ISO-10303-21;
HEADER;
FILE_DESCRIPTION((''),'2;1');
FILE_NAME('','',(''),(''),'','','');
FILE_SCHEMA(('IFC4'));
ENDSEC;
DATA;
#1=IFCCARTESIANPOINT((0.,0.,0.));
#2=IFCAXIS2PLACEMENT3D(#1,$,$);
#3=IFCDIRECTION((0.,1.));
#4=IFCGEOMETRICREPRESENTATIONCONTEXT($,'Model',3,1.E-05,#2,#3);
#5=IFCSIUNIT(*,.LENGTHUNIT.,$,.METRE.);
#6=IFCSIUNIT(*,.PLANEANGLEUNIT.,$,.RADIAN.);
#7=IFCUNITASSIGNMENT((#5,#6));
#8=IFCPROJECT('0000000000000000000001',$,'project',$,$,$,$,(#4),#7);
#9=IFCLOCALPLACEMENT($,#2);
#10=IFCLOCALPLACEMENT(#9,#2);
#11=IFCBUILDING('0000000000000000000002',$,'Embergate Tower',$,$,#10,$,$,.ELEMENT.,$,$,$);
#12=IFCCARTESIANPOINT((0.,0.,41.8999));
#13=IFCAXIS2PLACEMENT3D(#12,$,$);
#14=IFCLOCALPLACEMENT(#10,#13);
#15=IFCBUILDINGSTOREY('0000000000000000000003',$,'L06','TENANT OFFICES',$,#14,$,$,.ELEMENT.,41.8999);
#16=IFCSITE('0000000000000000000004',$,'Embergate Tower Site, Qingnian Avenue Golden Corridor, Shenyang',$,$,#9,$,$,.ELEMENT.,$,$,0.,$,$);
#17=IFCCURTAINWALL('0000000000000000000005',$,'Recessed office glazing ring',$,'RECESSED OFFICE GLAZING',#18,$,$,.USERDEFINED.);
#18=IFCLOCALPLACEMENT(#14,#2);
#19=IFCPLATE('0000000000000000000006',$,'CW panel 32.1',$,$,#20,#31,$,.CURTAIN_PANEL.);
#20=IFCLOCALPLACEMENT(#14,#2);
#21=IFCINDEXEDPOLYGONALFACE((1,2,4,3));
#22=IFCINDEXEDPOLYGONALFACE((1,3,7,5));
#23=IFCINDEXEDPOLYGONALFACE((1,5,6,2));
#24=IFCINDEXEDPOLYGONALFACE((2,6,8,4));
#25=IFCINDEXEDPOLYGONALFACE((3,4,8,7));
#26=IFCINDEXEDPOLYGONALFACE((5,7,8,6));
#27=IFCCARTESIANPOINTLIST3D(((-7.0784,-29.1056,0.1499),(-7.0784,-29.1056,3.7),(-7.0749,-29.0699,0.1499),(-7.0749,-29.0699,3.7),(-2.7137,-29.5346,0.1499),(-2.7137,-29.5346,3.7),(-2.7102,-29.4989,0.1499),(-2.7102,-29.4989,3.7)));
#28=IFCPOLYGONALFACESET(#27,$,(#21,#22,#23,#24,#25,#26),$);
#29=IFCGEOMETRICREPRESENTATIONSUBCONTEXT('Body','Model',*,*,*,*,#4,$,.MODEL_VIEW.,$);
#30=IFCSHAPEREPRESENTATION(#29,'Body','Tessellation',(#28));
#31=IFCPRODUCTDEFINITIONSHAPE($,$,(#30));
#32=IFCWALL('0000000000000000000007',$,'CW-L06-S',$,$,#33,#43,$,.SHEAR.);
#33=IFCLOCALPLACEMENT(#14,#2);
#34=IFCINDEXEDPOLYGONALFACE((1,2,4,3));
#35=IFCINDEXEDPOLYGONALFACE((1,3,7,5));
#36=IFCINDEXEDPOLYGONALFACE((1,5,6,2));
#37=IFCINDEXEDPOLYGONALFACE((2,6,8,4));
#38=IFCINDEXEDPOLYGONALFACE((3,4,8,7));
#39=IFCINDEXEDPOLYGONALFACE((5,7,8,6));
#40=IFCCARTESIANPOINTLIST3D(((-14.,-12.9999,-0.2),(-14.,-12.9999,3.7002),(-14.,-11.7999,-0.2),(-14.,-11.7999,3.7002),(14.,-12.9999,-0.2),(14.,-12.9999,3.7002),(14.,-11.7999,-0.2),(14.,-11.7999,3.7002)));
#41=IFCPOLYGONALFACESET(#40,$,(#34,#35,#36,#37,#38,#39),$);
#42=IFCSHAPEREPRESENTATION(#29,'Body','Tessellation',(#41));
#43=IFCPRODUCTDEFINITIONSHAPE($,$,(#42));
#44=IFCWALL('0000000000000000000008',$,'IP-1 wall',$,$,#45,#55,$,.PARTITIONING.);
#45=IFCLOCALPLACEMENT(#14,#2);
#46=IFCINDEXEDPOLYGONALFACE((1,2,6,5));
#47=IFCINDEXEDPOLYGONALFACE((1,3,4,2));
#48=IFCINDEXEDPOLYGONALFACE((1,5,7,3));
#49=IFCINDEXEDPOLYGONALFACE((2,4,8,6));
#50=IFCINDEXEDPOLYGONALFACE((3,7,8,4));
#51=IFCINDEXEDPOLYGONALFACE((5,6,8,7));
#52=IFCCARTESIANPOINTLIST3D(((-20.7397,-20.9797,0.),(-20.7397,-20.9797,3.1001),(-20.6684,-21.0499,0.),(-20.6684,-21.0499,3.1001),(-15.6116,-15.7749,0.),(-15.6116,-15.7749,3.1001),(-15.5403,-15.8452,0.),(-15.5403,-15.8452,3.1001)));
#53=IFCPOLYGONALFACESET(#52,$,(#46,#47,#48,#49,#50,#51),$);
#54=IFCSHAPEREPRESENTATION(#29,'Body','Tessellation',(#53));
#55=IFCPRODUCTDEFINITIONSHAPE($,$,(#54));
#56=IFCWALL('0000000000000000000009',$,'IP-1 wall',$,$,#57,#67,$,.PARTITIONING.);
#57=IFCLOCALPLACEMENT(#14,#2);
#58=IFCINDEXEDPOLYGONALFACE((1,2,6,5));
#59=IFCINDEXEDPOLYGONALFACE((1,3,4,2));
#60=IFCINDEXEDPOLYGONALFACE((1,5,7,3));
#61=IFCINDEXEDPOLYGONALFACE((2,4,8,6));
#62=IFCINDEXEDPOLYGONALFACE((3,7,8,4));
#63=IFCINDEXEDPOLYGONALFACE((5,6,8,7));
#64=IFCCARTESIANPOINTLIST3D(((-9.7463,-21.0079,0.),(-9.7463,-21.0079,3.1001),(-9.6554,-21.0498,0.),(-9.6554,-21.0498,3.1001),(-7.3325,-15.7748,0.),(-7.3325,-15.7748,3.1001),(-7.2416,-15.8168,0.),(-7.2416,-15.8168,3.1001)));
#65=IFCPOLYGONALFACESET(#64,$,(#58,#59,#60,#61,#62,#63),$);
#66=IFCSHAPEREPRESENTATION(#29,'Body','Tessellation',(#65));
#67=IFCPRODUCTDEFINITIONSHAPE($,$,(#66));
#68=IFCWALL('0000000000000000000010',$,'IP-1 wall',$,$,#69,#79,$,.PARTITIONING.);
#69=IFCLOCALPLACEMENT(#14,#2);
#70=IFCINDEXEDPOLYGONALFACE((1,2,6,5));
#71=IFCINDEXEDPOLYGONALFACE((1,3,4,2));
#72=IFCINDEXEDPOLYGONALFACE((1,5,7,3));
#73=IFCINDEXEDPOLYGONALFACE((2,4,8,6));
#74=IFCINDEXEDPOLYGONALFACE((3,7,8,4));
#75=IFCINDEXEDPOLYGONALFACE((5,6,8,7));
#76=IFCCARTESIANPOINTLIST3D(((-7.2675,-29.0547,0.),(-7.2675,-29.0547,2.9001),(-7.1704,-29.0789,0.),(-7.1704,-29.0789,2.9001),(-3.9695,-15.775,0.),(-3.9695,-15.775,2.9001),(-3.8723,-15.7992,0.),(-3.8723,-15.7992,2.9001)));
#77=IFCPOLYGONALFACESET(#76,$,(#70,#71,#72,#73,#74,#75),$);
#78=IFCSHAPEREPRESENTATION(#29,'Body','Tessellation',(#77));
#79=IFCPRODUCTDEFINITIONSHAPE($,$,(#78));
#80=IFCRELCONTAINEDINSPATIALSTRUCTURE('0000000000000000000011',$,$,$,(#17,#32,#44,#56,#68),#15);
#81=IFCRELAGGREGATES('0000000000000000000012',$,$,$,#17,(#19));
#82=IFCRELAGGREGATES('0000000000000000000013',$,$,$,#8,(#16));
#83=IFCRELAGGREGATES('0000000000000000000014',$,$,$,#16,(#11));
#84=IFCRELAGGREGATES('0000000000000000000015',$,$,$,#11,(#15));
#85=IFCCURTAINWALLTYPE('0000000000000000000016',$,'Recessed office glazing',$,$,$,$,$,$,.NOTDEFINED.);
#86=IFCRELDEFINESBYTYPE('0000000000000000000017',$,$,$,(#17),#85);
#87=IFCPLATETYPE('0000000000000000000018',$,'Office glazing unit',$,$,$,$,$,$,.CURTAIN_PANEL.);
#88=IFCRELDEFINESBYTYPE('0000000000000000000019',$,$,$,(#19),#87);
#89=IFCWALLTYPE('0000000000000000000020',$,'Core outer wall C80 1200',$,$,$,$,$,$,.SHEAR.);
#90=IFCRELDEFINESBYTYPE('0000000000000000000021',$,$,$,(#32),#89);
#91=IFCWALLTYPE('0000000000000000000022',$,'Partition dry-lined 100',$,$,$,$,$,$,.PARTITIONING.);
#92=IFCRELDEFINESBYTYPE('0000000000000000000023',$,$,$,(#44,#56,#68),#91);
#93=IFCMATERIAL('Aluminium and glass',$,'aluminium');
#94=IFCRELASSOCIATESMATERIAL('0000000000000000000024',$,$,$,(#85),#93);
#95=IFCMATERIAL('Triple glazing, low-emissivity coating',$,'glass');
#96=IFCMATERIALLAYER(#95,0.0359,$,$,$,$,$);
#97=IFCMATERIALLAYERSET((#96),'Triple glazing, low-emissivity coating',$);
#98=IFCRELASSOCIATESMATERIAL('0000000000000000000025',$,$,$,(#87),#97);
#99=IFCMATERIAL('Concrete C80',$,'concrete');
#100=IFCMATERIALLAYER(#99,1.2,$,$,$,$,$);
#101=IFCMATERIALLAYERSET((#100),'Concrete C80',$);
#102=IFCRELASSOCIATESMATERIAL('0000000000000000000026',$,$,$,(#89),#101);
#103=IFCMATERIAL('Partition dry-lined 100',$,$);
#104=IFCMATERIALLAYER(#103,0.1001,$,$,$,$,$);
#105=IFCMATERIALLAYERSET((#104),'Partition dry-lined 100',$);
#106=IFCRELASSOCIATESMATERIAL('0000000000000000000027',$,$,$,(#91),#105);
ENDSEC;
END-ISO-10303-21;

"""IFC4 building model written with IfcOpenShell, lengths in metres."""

from ifc_helpers import new_model, si_unit, direction, frame, frame_2d, origin, origin_2d, place, context, subcontext, project, spatial, rectangle, extrude, source, transform, mapped, material, layer, layer_set, type_object, element, aggregate, save


model = new_model("IFC4")

# Units and contexts
model_context = context("Model", 3, precision=1e-05, world=origin(), true_north=direction((0.0, 1.0)))
body_context = subcontext(model_context, "Body", "Model", "MODEL_VIEW")
ifc_project = project(units=[si_unit("LENGTHUNIT", "METRE"), si_unit("PLANEANGLEUNIT", "RADIAN")], contexts=[model_context])

# Site, building, storey
site_placement = place(None, origin())
site = spatial("IfcSite", under=ifc_project, at=site_placement, Name="Embergate Tower Site, Qingnian Avenue Golden Corridor, Shenyang", CompositionType="ELEMENT", RefElevation=0.0)
building_placement = place(site_placement, origin())
building = spatial("IfcBuilding", under=site, at=building_placement, Name="Embergate Tower", CompositionType="ELEMENT")
storey_placement = place(building_placement, frame((0.0, 0.0, 41.8999)))
storey = spatial("IfcBuildingStorey", under=building, at=storey_placement, Name="L06", Description="TENANT OFFICES", CompositionType="ELEMENT", Elevation=41.8999)

# Curtain wall, plate
ifc_material_1 = material(Name="Aluminium and glass", Category="aluminium")
curtain_wall_type = type_object("IfcCurtainWallType", Name="Recessed office glazing", PredefinedType="NOTDEFINED", material=ifc_material_1)
curtain_wall_placement = place(storey_placement, origin())
curtain_wall = element("IfcCurtainWall", 1, at=curtain_wall_placement, inside=storey, type_object=curtain_wall_type, Name="Recessed office glazing ring", ObjectType="RECESSED OFFICE GLAZING", PredefinedType="USERDEFINED")
ifc_material_2 = material(Name="Triple glazing, low-emissivity coating", Category="glass")
ifc_layer_1 = layer(ifc_material_2, 0.0359)
ifc_layer_set_1 = layer_set([ifc_layer_1], Name="Triple glazing, low-emissivity coating")
plate_type = type_object("IfcPlateType", Name="Office glazing unit", PredefinedType="CURTAIN_PANEL", material=ifc_layer_set_1)
shared_shape_1 = source(origin(), body_context, "Body", "SweptSolid", [
    extrude(rectangle(XDim=4.3857, YDim=0.0359, at=origin_2d()), origin(), (0.0, 0.0, 1.0), 3.55),
])
plate_1_placement = place(storey_placement, frame((-4.8943, -29.3022, 0.1499), z_axis=(0.0, 0.0, 1.0), x_axis=(0.995203, -0.09783, 0.0)))
plate_1 = element("IfcPlate", 2, at=plate_1_placement, type_object=plate_type, Name="CW panel 32.1", PredefinedType="CURTAIN_PANEL", context=body_context, shape_type="MappedRepresentation", body=[
    mapped(shared_shape_1, transform((0.0, 0.0, 0.0))),
])
aggregate(curtain_wall, [plate_1])

# Walls
ifc_material_3 = material(Name="Concrete C80", Category="concrete")
ifc_layer_2 = layer(ifc_material_3, 1.2)
ifc_layer_set_2 = layer_set([ifc_layer_2], Name="Concrete C80")
wall_type_1 = type_object("IfcWallType", Name="Core outer wall C80 1200", PredefinedType="SHEAR", material=ifc_layer_set_2)
shared_shape_2 = source(origin(), body_context, "Body", "SweptSolid", [
    extrude(rectangle(XDim=28.0, YDim=1.2, at=frame_2d((14.0, 0.0))), origin(), (0.0, 0.0, 1.0), 3.9001),
])
wall_1_placement = place(storey_placement, frame((-14.0, -12.3999, -0.2), z_axis=(0.0, 0.0, 1.0), x_axis=(1.0, 0.0, 0.0)))
element("IfcWall", 3, at=wall_1_placement, inside=storey, type_object=wall_type_1, Name="CW-L06-S", PredefinedType="SHEAR", context=body_context, shape_type="MappedRepresentation", body=[
    mapped(shared_shape_2, transform((0.0, 0.0, 0.0))),
])
ifc_material_4 = material(Name="Partition dry-lined 100")
ifc_layer_3 = layer(ifc_material_4, 0.1001)
ifc_layer_set_3 = layer_set([ifc_layer_3], Name="Partition dry-lined 100")
wall_type_2 = type_object("IfcWallType", Name="Partition dry-lined 100", PredefinedType="PARTITIONING", material=ifc_layer_set_3)
shared_shape_3 = source(origin(), body_context, "Body", "SweptSolid", [
    extrude(rectangle(XDim=7.3066, YDim=0.1001, at=frame_2d((3.6533, 0.0))), origin(), (0.0, 0.0, 1.0), 3.1001),
])
wall_2_placement = place(storey_placement, frame((-15.5759, -15.8101, 0.0), z_axis=(0.0, 0.0, 1.0), x_axis=(-0.701841, -0.712333, 0.0)))
element("IfcWall", 4, at=wall_2_placement, inside=storey, type_object=wall_type_2, Name="IP-1 wall", PredefinedType="PARTITIONING", context=body_context, shape_type="MappedRepresentation", body=[
    mapped(shared_shape_3, transform((0.0, 0.0, 0.0))),
])
shared_shape_4 = source(origin(), body_context, "Body", "SweptSolid", [
    extrude(rectangle(XDim=5.7629, YDim=0.1001, at=frame_2d((2.8813, 0.0))), origin(), (0.0, 0.0, 1.0), 3.1001),
])
wall_3_placement = place(storey_placement, frame((-7.2871, -15.7959, 0.0), z_axis=(0.0, 0.0, 1.0), x_axis=(-0.418846, -0.908057, 0.0)))
element("IfcWall", 5, at=wall_3_placement, inside=storey, type_object=wall_type_2, Name="IP-1 wall", PredefinedType="PARTITIONING", context=body_context, shape_type="MappedRepresentation", body=[
    mapped(shared_shape_4, transform((0.0, 0.0, 0.0))),
])
shared_shape_5 = source(origin(), body_context, "Body", "SweptSolid", [
    extrude(rectangle(XDim=13.6831, YDim=0.1001, at=frame_2d((6.8416, 0.0))), origin(), (0.0, 0.0, 1.0), 2.9001),
])
wall_4_placement = place(storey_placement, frame((-3.9209, -15.7871, 0.0), z_axis=(0.0, 0.0, 1.0), x_axis=(-0.241032, -0.970517, 0.0)))
element("IfcWall", 6, at=wall_4_placement, inside=storey, type_object=wall_type_2, Name="IP-1 wall", PredefinedType="PARTITIONING", context=body_context, shape_type="MappedRepresentation", body=[
    mapped(shared_shape_5, transform((0.0, 0.0, 0.0))),
])

save(model, "model.ifc")
